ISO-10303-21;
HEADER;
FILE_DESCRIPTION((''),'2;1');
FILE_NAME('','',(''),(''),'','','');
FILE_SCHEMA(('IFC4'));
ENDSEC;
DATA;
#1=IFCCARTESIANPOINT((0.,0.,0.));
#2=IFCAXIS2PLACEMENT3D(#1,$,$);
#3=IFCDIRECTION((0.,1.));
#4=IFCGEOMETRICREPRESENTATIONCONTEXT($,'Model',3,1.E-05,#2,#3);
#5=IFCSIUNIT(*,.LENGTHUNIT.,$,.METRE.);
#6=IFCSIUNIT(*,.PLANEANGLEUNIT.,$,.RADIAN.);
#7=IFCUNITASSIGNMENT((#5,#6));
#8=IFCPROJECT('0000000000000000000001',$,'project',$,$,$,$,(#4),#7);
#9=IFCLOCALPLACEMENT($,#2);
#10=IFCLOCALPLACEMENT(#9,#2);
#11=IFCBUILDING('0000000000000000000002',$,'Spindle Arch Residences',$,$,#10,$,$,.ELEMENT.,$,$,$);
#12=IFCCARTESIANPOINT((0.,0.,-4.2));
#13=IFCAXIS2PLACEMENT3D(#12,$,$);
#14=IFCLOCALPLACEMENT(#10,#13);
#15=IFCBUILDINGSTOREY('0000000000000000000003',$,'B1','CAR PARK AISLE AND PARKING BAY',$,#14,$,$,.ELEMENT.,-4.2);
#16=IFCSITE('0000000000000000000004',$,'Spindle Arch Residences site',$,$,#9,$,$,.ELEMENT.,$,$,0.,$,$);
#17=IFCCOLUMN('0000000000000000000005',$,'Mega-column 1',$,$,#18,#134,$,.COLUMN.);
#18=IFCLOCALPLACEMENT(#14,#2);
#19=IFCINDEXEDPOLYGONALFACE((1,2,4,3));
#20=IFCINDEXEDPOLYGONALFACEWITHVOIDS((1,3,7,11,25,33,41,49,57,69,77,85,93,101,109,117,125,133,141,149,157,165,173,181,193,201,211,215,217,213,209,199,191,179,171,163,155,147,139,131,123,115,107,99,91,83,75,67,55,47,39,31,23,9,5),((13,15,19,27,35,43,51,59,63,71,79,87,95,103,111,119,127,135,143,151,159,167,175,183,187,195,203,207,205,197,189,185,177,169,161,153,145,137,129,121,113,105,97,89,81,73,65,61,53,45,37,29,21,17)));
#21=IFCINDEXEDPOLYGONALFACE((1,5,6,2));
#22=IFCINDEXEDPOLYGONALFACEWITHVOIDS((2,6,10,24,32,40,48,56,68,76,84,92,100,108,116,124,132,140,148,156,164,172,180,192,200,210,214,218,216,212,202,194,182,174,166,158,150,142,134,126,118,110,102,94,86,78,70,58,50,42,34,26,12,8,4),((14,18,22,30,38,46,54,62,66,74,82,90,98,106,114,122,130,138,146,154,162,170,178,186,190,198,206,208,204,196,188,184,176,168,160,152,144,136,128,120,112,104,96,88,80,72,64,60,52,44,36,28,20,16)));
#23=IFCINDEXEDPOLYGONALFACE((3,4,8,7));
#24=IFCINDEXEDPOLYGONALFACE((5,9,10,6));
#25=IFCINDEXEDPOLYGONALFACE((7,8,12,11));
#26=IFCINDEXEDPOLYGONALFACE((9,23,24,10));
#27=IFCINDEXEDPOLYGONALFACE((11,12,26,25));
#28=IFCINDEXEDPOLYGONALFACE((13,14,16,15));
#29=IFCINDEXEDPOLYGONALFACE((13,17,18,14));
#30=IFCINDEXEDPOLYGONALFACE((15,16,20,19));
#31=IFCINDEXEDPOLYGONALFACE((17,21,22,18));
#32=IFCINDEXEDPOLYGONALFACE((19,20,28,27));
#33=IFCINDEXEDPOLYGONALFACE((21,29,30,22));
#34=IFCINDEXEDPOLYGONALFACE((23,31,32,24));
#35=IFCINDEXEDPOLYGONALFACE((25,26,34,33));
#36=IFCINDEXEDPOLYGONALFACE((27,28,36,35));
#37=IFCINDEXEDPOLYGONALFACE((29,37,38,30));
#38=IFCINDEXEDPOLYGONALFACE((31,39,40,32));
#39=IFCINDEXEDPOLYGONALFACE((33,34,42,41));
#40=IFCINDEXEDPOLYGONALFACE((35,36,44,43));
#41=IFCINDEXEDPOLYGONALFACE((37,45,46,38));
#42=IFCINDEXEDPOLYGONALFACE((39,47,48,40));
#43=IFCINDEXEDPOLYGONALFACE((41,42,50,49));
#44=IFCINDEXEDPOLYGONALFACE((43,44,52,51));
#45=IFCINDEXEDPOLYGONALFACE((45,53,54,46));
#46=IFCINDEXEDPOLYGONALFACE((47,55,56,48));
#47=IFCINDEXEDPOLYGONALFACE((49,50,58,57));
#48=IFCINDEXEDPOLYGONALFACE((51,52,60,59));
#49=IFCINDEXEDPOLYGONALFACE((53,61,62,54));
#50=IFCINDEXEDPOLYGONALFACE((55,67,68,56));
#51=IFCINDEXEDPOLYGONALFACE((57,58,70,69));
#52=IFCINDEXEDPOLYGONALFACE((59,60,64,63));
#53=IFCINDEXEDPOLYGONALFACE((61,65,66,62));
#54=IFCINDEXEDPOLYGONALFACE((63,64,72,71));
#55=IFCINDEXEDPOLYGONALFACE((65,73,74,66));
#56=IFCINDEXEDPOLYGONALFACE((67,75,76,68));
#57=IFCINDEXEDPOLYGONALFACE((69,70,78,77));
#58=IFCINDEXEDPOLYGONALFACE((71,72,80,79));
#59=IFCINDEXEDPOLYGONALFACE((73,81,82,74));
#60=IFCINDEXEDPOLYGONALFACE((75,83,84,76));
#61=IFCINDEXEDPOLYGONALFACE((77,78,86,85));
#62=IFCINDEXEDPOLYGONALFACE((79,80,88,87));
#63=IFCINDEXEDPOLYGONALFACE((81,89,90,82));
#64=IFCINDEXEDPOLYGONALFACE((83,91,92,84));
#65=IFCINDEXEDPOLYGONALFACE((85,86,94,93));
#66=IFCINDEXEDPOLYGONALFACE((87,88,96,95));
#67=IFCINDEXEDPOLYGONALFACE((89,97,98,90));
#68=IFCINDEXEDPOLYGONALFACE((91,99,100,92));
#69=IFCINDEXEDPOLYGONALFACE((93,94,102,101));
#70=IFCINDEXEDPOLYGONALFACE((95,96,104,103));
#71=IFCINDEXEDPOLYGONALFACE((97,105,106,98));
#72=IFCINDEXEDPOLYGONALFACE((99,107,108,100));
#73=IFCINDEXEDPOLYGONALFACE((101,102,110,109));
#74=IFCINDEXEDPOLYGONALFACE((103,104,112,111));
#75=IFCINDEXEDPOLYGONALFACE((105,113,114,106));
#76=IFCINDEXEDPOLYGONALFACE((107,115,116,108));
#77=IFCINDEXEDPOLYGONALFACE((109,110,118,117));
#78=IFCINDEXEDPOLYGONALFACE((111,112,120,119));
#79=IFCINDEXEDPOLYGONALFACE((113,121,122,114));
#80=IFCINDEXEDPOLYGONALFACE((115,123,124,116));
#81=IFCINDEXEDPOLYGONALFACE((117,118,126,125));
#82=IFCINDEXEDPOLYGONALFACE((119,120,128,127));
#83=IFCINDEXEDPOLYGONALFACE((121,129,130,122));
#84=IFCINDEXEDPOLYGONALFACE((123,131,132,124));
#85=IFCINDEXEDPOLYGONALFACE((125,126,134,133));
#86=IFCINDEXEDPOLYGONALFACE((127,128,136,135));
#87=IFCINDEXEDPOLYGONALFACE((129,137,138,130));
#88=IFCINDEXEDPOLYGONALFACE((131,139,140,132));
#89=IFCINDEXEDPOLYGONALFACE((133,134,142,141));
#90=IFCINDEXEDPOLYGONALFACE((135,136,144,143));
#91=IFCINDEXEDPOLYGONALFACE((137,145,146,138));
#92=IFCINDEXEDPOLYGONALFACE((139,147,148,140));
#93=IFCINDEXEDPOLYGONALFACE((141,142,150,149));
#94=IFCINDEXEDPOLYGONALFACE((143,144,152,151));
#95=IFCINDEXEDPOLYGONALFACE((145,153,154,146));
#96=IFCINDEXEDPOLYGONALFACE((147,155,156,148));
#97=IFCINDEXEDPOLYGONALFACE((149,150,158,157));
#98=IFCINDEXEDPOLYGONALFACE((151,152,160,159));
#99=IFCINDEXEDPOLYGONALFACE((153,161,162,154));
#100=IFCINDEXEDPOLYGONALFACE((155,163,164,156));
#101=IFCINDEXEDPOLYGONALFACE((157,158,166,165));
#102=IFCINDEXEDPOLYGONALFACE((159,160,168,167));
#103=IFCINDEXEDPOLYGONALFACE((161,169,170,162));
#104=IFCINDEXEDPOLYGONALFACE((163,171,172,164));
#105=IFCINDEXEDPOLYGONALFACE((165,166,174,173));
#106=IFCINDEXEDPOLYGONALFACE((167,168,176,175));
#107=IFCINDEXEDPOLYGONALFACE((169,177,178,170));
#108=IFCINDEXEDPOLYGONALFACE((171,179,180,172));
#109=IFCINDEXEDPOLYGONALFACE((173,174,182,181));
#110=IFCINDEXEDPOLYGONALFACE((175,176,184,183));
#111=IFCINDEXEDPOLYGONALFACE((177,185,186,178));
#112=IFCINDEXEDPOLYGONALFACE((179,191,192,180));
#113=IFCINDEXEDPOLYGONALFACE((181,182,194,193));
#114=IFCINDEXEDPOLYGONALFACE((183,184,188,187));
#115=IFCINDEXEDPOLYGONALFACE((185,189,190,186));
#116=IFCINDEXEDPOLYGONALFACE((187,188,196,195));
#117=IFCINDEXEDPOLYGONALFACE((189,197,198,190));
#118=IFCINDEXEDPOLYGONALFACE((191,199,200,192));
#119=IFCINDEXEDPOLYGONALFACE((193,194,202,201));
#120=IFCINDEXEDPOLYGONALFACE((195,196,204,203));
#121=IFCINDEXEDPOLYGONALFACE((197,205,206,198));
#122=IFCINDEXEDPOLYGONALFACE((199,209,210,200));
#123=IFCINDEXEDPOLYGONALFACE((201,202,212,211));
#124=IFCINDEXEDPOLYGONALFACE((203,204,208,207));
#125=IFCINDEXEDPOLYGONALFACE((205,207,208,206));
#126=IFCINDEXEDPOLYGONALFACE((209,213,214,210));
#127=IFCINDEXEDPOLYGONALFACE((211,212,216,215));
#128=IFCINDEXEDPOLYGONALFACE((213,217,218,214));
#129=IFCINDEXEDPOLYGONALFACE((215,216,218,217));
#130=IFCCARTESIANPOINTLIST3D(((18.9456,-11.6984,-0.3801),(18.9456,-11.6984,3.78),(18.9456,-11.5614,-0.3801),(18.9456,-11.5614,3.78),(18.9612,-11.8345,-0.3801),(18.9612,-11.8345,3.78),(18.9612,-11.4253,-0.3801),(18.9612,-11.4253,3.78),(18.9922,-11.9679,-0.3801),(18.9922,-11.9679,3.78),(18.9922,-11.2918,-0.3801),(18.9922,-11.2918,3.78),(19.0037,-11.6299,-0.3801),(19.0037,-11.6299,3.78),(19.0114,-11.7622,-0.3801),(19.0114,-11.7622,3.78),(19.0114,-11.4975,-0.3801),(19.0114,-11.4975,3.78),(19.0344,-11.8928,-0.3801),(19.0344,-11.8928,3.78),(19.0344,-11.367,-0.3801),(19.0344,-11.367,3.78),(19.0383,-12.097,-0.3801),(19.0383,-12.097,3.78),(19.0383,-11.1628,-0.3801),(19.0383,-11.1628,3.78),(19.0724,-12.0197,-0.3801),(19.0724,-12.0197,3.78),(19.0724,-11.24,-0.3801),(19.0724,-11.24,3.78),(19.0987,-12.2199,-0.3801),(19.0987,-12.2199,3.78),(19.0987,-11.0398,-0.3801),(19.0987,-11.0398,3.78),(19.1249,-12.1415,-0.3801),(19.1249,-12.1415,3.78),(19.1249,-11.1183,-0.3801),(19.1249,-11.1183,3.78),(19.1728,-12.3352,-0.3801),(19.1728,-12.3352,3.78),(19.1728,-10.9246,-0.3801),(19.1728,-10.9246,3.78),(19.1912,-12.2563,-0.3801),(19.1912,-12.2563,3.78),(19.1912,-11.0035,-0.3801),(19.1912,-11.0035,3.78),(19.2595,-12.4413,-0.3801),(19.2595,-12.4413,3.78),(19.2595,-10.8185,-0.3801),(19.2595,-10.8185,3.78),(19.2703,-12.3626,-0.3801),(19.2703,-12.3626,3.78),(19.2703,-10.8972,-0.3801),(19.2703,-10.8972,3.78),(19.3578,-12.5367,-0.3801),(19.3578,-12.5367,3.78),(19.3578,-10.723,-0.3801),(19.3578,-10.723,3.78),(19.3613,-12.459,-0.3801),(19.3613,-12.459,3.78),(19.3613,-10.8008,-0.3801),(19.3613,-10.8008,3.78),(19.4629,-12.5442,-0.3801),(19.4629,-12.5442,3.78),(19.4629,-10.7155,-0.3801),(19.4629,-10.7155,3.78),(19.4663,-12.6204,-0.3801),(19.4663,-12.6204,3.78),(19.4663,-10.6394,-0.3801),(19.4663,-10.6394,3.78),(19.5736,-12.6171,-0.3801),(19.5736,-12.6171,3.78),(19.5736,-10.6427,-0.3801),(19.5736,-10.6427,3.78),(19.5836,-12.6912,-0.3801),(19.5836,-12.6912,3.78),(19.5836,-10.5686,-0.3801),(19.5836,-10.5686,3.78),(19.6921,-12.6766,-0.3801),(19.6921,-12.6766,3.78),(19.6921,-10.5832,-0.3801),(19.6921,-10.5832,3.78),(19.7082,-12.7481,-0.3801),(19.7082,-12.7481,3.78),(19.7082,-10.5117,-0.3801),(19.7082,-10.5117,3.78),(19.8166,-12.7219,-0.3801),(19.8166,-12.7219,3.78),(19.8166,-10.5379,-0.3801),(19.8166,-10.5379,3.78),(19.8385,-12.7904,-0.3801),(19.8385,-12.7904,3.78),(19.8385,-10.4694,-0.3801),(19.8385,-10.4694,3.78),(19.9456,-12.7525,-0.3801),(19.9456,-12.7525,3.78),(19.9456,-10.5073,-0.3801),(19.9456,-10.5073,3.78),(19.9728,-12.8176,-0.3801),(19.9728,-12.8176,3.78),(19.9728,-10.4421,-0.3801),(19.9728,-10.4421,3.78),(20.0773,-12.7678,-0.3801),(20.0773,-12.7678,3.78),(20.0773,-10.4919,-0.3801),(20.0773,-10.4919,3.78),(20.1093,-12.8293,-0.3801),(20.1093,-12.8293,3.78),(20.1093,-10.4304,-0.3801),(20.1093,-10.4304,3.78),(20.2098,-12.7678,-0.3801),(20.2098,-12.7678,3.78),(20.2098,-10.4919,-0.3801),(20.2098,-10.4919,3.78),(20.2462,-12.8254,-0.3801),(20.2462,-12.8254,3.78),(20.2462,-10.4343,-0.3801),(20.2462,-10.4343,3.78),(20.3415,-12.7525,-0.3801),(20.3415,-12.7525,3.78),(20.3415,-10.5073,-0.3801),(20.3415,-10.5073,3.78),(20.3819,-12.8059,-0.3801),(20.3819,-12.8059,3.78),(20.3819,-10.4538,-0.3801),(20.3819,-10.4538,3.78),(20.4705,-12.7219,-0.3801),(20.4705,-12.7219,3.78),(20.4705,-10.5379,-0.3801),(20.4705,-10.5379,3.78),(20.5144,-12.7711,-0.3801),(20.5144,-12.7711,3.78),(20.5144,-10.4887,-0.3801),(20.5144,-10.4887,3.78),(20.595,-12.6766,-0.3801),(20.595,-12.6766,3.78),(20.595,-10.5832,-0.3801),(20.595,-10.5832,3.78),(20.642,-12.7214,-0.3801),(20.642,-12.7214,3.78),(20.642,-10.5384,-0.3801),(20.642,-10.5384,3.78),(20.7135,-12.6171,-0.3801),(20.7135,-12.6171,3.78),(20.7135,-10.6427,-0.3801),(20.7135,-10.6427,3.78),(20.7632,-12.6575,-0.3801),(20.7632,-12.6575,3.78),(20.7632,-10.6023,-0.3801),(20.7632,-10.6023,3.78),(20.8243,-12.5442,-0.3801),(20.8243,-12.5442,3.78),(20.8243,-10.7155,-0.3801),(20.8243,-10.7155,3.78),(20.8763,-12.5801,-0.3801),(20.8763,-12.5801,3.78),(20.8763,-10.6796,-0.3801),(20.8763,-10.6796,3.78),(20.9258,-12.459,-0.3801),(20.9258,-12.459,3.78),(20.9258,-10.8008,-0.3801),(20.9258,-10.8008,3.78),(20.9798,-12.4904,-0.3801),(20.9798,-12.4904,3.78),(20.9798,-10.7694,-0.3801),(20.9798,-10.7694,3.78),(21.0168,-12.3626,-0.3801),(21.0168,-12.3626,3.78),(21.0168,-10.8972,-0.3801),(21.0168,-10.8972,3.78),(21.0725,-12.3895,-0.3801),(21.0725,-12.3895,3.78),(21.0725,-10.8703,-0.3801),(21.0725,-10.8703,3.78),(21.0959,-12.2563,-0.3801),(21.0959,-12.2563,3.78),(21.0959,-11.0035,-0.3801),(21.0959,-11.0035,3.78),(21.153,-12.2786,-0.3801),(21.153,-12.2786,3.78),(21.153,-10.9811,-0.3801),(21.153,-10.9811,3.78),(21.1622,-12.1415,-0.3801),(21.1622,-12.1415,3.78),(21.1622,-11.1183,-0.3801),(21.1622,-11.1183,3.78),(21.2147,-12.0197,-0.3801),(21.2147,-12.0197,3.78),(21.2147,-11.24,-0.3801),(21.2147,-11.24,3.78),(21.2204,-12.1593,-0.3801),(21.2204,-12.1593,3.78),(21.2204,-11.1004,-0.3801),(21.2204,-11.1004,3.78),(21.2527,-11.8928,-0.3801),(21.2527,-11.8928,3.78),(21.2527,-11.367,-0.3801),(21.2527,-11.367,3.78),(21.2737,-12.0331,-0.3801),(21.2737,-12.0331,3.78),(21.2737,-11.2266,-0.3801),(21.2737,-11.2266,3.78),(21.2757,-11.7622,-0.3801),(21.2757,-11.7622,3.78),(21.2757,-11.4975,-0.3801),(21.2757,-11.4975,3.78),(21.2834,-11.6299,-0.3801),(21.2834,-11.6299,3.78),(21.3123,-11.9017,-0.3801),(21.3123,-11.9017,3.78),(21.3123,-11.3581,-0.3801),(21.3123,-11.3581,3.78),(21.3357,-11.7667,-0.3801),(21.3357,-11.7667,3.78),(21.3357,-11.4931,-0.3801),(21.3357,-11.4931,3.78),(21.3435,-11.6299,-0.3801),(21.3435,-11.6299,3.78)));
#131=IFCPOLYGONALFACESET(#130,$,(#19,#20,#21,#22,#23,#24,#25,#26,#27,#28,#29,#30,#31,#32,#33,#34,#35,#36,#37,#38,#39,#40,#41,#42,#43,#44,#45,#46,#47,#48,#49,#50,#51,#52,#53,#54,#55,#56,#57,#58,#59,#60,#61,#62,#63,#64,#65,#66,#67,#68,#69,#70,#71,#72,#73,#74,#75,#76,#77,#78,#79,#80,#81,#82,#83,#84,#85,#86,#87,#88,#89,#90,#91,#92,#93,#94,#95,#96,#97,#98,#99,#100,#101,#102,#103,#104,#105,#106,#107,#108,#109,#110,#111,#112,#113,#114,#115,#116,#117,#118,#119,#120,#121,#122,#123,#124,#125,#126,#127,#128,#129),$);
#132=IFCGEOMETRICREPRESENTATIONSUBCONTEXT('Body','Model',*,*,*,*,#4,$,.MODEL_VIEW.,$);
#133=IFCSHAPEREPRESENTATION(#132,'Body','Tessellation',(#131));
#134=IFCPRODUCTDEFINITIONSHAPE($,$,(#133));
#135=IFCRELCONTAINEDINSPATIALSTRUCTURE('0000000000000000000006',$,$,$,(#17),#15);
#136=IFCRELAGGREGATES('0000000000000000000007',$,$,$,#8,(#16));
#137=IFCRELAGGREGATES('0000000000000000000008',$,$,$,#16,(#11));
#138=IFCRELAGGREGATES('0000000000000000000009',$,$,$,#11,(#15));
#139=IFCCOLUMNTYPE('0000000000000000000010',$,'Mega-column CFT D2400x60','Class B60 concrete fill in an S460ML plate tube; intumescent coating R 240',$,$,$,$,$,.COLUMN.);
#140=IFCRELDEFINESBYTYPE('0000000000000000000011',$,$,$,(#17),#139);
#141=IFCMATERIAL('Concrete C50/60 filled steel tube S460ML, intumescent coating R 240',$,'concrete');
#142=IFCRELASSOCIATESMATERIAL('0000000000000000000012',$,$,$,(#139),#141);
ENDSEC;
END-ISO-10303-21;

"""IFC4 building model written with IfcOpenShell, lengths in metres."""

from ifc_helpers import new_model, si_unit, direction, frame, origin, origin_2d, place, context, subcontext, project, spatial, hollow_circle, extrude, material, material_profile, profile_set, type_object, element, save


model = new_model("IFC4")

# Units and contexts
model_context = context("Model", 3, precision=1e-05, world=origin(), true_north=direction((0.0, 1.0)))
body_context = subcontext(model_context, "Body", "Model", "MODEL_VIEW")
ifc_project = project(units=[si_unit("LENGTHUNIT", "METRE"), si_unit("PLANEANGLEUNIT", "RADIAN")], contexts=[model_context])

# Site, building, storey
site_placement = place(None, origin())
site = spatial("IfcSite", under=ifc_project, at=site_placement, Name="Spindle Arch Residences site", CompositionType="ELEMENT", RefElevation=0.0)
building_placement = place(site_placement, origin())
building = spatial("IfcBuilding", under=site, at=building_placement, Name="Spindle Arch Residences", CompositionType="ELEMENT")
storey_placement = place(building_placement, frame((0.0, 0.0, -4.2)))
storey = spatial("IfcBuildingStorey", under=building, at=storey_placement, Name="B1", Description="CAR PARK AISLE AND PARKING BAY", CompositionType="ELEMENT", Elevation=-4.2)

# Column
ifc_material_1 = material(Name="Concrete C50/60 filled steel tube S460ML, intumescent coating R 240", Category="concrete")
ifc_material_profile_1 = material_profile(ifc_material_1, hollow_circle(Radius=1.2, WallThickness=0.0601, at=origin_2d()), Name="CFT D2400x60")
ifc_profile_set_1 = profile_set([ifc_material_profile_1], Name="Concrete C50/60 filled steel tube S460ML, intumescent coating R 240")
column_type_1 = type_object("IfcColumnType", Name="Mega-column CFT D2400x60", Description="Class B60 concrete fill in an S460ML plate tube; intumescent coating R 240", PredefinedType="COLUMN", material=ifc_profile_set_1)
column_1_placement = place(storey_placement, frame((20.1436, -11.6299, -0.3801), z_axis=(0.0, 0.0, 1.0), x_axis=(1.0, 0.0, 0.0)))
element("IfcColumn", 1, at=column_1_placement, inside=storey, type_object=column_type_1, Name="Mega-column 1", PredefinedType="COLUMN", context=body_context, shape_type="SweptSolid", body=[
    extrude(hollow_circle(Radius=1.2, WallThickness=0.0601, at=origin_2d()), origin(), (0.0, 0.0, 1.0), 4.1602),
])

save(model, "model.ifc")
